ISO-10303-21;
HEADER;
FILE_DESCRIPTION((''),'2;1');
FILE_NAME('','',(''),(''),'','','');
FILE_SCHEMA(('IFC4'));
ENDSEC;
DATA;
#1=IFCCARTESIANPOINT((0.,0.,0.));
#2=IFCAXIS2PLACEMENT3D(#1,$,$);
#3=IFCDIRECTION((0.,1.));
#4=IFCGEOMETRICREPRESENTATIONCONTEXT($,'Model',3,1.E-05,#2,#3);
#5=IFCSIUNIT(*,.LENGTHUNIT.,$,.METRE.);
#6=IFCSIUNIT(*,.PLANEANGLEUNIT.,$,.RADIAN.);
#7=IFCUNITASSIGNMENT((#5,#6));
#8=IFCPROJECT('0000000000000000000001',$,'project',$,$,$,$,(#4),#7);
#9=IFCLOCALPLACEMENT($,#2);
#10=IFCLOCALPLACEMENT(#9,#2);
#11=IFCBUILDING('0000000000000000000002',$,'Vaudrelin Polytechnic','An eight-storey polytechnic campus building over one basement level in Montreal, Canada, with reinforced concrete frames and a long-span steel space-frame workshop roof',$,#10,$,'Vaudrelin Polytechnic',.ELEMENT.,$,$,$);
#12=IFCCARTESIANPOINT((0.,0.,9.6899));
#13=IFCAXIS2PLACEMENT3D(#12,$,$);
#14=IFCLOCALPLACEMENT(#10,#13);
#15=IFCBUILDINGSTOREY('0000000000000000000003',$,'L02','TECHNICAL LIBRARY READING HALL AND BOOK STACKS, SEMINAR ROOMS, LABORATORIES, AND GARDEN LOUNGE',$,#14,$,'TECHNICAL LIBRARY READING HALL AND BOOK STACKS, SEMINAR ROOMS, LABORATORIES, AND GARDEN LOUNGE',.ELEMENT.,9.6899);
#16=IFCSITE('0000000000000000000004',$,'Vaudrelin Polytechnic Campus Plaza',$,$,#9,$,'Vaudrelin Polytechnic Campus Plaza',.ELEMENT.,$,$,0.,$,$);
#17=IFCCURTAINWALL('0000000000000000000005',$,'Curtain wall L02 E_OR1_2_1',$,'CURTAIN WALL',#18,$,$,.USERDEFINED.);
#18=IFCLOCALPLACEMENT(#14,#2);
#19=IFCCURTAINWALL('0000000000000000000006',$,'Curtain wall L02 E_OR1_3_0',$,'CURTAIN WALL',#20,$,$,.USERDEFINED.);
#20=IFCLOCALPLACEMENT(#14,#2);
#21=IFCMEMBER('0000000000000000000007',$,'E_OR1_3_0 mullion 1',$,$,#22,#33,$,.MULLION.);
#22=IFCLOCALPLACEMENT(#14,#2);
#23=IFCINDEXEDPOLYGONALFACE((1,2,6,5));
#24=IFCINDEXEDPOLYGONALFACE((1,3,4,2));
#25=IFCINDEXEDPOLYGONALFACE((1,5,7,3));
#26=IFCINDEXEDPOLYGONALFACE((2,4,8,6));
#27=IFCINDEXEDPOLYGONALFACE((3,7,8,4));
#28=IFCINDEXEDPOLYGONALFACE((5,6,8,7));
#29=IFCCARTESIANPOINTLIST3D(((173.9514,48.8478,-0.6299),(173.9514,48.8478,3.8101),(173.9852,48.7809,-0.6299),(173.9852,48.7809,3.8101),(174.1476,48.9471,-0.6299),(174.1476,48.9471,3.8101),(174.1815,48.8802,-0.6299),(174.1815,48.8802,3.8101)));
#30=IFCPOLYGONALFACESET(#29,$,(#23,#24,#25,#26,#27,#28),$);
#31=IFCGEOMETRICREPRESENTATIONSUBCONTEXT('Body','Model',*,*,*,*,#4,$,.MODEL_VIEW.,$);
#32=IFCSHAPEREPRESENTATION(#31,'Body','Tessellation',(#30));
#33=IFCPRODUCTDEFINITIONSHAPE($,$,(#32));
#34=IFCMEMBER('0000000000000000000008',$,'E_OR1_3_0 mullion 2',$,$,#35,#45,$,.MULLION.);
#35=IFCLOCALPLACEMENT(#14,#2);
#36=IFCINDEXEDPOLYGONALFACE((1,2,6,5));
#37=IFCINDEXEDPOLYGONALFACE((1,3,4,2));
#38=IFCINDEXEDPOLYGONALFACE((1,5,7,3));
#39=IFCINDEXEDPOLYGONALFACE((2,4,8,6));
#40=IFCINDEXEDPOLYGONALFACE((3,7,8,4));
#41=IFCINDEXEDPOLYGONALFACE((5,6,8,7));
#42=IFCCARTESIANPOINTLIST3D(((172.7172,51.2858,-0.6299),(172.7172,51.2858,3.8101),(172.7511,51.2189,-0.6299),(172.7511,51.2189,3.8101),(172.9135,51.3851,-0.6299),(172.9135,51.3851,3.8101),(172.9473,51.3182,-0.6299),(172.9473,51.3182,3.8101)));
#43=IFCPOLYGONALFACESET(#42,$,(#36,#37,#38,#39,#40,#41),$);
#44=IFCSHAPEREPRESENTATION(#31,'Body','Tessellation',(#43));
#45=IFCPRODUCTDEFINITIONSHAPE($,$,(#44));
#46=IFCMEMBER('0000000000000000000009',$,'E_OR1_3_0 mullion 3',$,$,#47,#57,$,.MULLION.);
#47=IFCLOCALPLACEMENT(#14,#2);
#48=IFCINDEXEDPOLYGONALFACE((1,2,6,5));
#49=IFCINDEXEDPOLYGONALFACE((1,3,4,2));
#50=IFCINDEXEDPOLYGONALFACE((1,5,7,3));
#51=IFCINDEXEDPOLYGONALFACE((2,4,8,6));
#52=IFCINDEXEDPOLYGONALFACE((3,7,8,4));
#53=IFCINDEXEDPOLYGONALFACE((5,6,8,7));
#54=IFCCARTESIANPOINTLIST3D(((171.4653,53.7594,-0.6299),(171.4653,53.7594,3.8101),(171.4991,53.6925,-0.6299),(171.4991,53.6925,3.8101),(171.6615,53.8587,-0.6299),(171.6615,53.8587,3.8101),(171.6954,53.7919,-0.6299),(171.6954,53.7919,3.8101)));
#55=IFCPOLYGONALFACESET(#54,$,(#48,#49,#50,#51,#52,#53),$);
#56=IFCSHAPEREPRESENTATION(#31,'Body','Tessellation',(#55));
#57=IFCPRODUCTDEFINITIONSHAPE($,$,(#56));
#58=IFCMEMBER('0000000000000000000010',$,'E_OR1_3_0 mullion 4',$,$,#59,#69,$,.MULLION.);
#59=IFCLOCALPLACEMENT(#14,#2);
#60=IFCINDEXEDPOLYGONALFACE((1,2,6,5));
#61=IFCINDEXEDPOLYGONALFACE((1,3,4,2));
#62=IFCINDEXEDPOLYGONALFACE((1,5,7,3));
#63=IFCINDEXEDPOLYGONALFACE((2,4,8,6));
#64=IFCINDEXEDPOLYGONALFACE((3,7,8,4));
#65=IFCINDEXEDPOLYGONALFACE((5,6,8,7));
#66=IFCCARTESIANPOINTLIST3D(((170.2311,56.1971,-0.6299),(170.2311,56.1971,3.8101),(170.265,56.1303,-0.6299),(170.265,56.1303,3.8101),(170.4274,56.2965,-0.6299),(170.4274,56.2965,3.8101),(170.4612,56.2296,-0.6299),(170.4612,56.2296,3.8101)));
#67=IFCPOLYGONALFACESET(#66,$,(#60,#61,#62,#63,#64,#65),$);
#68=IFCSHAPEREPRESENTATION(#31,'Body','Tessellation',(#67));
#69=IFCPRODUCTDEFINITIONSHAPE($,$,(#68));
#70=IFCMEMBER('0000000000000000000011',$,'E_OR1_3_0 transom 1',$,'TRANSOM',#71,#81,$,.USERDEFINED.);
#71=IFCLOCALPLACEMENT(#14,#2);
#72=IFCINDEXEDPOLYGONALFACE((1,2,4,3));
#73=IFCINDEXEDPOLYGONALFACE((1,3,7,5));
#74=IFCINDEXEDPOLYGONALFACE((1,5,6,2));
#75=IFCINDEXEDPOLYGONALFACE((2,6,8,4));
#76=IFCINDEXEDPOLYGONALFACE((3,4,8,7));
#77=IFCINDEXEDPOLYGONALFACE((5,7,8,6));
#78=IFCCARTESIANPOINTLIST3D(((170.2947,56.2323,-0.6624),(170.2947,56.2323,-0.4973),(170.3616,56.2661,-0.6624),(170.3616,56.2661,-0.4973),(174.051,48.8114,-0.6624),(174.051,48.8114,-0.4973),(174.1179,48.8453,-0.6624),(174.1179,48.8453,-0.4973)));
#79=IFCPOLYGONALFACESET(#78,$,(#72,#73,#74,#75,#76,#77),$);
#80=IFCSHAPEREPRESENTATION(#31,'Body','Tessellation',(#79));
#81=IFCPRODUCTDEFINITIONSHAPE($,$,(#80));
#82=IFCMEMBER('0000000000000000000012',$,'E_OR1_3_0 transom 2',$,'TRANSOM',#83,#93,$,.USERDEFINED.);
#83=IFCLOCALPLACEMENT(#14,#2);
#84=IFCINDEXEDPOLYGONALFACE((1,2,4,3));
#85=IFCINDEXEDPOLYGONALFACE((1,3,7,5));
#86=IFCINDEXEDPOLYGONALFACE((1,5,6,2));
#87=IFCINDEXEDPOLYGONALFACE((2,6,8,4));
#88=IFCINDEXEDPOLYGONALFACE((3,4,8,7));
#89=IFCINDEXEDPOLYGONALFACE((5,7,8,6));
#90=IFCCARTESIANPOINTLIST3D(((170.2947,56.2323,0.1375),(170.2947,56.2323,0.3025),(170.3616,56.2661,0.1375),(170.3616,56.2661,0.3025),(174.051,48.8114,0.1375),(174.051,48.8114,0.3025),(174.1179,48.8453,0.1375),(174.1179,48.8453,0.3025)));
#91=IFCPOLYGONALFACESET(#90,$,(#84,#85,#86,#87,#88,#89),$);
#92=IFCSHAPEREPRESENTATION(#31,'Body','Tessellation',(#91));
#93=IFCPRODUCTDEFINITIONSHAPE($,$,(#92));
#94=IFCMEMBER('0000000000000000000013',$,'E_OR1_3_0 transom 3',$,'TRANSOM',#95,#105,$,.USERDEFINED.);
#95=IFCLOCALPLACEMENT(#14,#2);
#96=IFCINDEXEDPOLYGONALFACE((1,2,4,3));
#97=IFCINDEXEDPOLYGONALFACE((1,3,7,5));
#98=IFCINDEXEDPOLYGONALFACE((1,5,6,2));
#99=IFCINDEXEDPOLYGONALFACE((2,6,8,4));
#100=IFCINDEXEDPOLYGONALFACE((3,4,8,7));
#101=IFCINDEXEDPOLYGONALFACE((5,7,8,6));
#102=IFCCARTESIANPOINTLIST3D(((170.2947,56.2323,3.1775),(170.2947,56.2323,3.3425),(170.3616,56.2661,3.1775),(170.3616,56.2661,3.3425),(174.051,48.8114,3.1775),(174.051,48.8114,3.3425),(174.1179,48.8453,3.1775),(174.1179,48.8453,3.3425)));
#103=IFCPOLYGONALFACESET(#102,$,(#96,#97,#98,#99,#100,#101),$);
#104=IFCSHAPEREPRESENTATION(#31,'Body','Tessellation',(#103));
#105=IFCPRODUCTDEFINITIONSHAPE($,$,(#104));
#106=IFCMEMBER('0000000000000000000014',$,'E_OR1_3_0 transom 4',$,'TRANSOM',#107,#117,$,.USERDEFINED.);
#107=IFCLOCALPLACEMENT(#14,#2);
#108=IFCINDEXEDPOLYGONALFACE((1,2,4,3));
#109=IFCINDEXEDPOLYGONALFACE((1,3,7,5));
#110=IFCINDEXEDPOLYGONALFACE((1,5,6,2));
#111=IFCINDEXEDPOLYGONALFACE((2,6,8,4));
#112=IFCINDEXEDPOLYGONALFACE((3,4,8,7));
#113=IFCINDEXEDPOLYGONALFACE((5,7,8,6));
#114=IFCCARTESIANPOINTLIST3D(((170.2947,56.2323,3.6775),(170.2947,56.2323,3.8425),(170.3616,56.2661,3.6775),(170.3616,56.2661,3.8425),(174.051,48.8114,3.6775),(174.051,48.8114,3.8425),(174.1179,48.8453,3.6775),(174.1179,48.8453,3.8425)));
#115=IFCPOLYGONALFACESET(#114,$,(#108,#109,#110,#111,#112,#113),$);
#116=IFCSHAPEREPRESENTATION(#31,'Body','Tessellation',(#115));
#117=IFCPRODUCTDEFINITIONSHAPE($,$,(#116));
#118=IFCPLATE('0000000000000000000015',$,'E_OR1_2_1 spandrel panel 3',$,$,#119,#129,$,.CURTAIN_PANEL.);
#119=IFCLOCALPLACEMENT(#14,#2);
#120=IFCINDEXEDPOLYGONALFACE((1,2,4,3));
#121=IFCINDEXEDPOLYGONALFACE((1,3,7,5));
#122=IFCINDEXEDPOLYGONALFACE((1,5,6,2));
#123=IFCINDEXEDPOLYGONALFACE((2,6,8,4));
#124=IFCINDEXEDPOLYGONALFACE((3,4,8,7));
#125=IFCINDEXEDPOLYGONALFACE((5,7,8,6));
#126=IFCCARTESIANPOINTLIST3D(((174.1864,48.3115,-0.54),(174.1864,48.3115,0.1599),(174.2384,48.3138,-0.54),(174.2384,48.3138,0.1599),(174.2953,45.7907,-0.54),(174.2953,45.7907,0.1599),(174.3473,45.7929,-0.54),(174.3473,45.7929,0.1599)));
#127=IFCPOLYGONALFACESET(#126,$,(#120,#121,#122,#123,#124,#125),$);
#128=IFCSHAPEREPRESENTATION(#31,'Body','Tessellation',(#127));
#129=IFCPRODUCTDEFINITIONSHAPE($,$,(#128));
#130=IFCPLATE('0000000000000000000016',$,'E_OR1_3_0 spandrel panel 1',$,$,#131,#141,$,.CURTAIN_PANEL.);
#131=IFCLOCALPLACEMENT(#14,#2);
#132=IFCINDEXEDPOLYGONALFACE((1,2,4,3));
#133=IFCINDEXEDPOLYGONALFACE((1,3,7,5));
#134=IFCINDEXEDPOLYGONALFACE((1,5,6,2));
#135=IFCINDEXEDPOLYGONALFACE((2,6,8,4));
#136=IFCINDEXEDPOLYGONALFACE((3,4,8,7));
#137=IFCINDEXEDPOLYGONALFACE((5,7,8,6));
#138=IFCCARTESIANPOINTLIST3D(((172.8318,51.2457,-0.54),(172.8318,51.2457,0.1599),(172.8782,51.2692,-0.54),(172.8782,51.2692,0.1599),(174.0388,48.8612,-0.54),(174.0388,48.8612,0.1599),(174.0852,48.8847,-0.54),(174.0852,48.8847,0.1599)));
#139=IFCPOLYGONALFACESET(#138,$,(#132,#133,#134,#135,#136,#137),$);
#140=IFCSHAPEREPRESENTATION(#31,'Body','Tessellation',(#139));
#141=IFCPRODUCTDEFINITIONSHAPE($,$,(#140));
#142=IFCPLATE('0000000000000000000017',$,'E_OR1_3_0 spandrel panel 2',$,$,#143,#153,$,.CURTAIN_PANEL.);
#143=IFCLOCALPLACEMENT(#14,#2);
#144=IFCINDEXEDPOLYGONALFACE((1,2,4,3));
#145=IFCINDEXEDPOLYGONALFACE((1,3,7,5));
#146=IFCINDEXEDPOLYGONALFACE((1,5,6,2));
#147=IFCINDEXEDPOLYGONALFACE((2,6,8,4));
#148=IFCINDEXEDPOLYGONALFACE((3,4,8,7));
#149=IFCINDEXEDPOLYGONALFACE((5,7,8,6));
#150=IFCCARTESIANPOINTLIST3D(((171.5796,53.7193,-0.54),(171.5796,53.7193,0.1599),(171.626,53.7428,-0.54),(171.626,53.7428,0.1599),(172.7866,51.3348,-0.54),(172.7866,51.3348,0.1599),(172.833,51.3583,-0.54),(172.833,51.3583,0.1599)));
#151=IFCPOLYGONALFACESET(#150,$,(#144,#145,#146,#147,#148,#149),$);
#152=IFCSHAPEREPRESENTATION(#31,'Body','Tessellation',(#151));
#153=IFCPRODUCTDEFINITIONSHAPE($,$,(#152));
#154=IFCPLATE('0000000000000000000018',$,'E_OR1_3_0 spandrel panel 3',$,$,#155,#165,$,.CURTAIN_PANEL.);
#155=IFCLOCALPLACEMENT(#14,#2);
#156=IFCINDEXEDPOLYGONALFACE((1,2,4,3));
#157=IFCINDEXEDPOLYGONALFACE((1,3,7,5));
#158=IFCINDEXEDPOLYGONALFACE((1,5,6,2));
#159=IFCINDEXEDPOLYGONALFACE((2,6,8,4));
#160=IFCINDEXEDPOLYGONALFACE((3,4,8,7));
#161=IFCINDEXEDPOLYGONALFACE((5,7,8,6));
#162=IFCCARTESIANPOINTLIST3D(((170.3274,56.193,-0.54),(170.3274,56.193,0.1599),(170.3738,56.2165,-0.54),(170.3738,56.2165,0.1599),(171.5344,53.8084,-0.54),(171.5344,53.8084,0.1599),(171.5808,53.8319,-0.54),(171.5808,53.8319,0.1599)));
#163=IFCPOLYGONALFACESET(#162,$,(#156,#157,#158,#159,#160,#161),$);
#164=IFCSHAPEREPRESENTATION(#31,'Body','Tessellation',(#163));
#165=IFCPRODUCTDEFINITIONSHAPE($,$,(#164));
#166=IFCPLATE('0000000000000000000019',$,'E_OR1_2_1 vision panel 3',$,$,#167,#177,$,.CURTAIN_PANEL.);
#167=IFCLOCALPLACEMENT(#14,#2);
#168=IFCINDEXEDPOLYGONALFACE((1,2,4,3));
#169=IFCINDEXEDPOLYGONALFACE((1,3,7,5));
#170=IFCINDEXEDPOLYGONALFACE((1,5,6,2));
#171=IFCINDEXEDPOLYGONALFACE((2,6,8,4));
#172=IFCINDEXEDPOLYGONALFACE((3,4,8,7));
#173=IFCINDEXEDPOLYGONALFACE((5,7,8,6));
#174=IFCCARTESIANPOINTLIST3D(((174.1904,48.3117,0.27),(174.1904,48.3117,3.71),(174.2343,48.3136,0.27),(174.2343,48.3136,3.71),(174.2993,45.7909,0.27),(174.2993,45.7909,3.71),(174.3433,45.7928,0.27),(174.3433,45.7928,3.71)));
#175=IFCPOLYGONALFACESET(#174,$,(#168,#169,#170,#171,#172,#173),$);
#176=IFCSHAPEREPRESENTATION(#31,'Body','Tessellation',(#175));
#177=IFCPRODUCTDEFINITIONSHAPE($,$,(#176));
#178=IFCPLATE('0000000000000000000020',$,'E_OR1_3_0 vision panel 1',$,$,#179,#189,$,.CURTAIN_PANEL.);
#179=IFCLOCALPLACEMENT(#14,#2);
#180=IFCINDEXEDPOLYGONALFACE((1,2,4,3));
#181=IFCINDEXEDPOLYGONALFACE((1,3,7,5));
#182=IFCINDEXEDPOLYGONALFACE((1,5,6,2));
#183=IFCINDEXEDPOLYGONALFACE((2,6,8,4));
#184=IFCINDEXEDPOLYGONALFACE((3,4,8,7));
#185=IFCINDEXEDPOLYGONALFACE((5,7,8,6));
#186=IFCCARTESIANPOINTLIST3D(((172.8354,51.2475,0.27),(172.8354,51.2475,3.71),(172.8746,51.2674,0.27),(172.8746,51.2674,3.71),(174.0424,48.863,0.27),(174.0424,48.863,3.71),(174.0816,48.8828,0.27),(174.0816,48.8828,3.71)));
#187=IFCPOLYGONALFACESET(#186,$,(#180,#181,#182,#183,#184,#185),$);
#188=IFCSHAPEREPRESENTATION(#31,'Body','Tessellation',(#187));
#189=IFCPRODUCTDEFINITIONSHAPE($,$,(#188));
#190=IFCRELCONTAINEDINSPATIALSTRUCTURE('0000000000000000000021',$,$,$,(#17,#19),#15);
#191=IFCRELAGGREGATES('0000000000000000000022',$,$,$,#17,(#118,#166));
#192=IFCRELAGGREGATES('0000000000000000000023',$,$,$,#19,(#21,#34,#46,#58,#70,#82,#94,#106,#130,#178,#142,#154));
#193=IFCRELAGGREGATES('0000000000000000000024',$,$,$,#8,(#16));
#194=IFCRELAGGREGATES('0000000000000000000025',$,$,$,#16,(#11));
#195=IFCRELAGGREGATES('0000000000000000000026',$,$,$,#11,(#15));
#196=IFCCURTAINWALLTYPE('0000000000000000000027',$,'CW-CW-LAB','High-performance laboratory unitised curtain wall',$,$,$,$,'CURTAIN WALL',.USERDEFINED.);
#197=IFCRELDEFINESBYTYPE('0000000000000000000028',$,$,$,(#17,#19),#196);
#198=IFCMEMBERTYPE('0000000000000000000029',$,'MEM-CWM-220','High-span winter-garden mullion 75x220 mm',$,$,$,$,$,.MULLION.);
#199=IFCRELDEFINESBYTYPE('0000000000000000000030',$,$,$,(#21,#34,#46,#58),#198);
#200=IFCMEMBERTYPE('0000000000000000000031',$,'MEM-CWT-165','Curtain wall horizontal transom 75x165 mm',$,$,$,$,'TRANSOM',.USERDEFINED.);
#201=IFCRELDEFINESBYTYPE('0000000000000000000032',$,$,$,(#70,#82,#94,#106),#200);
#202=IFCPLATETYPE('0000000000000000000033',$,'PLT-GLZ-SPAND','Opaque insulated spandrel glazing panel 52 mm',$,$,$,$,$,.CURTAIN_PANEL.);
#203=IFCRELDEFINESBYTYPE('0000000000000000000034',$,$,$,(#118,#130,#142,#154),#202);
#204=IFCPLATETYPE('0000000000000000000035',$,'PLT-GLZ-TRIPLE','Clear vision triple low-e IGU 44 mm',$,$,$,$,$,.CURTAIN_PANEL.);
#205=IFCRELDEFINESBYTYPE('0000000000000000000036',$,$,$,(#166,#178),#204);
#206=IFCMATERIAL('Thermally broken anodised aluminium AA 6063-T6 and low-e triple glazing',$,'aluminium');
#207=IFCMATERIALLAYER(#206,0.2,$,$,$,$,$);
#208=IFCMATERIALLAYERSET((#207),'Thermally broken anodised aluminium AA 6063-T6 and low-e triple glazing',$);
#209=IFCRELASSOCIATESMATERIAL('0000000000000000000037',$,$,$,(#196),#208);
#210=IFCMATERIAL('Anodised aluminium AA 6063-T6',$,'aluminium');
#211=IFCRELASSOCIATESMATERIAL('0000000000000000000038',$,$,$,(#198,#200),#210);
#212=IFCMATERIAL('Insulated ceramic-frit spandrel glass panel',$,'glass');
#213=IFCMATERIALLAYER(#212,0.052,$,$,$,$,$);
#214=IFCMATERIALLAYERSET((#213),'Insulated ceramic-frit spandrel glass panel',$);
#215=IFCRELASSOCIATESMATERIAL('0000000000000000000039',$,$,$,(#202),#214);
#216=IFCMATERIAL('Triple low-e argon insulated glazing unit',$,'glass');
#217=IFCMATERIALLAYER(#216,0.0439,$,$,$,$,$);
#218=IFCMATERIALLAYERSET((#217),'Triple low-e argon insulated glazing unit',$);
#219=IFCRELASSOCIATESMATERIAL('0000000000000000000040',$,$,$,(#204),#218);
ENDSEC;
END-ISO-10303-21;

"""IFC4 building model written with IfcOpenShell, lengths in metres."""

from ifc_helpers import new_model, si_unit, direction, frame, origin, origin_2d, place, context, subcontext, project, spatial, rectangle, extrude, material, layer, layer_set, material_profile, profile_set, type_object, element, aggregate, save


model = new_model("IFC4")

# Units and contexts
model_context = context("Model", 3, precision=1e-05, world=origin(), true_north=direction((0.0, 1.0)))
body_context = subcontext(model_context, "Body", "Model", "MODEL_VIEW")
ifc_project = project(units=[si_unit("LENGTHUNIT", "METRE"), si_unit("PLANEANGLEUNIT", "RADIAN")], contexts=[model_context])

# Site, building, storey
site_placement = place(None, origin())
site = spatial("IfcSite", under=ifc_project, at=site_placement, Name="Vaudrelin Polytechnic Campus Plaza", LongName="Vaudrelin Polytechnic Campus Plaza", CompositionType="ELEMENT", RefElevation=0.0)
building_placement = place(site_placement, origin())
building = spatial("IfcBuilding", under=site, at=building_placement, Name="Vaudrelin Polytechnic", Description="An eight-storey polytechnic campus building over one basement level in Montreal, Canada, with reinforced concrete frames and a long-span steel space-frame workshop roof", LongName="Vaudrelin Polytechnic", CompositionType="ELEMENT")
storey_placement = place(building_placement, frame((0.0, 0.0, 9.6899)))
storey = spatial("IfcBuildingStorey", under=building, at=storey_placement, Name="L02", Description="TECHNICAL LIBRARY READING HALL AND BOOK STACKS, SEMINAR ROOMS, LABORATORIES, AND GARDEN LOUNGE", LongName="TECHNICAL LIBRARY READING HALL AND BOOK STACKS, SEMINAR ROOMS, LABORATORIES, AND GARDEN LOUNGE", CompositionType="ELEMENT", Elevation=9.6899)

# Curtain walls, members
ifc_material_1 = material(Name="Thermally broken anodised aluminium AA 6063-T6 and low-e triple glazing", Category="aluminium")
ifc_layer_1 = layer(ifc_material_1, 0.2)
ifc_layer_set_1 = layer_set([ifc_layer_1], Name="Thermally broken anodised aluminium AA 6063-T6 and low-e triple glazing")
curtain_wall_type = type_object("IfcCurtainWallType", Name="CW-CW-LAB", Description="High-performance laboratory unitised curtain wall", ElementType="CURTAIN WALL", PredefinedType="USERDEFINED", material=ifc_layer_set_1)
curtain_wall_1_placement = place(storey_placement, origin())
curtain_wall_1 = element("IfcCurtainWall", 1, at=curtain_wall_1_placement, inside=storey, type_object=curtain_wall_type, Name="Curtain wall L02 E_OR1_2_1", ObjectType="CURTAIN WALL", PredefinedType="USERDEFINED")
ifc_material_2 = material(Name="Anodised aluminium AA 6063-T6", Category="aluminium")
ifc_material_profile_1 = material_profile(ifc_material_2, rectangle(XDim=0.075, YDim=0.22, at=origin_2d()), Name="CWM-75x220")
ifc_profile_set_1 = profile_set([ifc_material_profile_1], Name="Anodised aluminium AA 6063-T6")
member_type_1 = type_object("IfcMemberType", Name="MEM-CWM-220", Description="High-span winter-garden mullion 75x220 mm", PredefinedType="MULLION", material=ifc_profile_set_1)
curtain_wall_2_placement = place(storey_placement, origin())
curtain_wall_2 = element("IfcCurtainWall", 2, at=curtain_wall_2_placement, inside=storey, type_object=curtain_wall_type, Name="Curtain wall L02 E_OR1_3_0", ObjectType="CURTAIN WALL", PredefinedType="USERDEFINED")
member_1_placement = place(storey_placement, frame((174.0664, 48.864, -0.6299), z_axis=(0.0, 0.0, 1.0), x_axis=(-0.451609, 0.892216, 0.0)))
member_1 = element("IfcMember", 3, at=member_1_placement, type_object=member_type_1, Name="E_OR1_3_0 mullion 1", PredefinedType="MULLION", context=body_context, shape_type="SweptSolid", body=[
    extrude(rectangle(XDim=0.075, YDim=0.22, at=origin_2d()), origin(), (0.0, 0.0, 1.0), 4.4399),
])
member_2_placement = place(storey_placement, frame((172.8323, 51.302, -0.6299), z_axis=(0.0, 0.0, 1.0), x_axis=(-0.451609, 0.892216, 0.0)))
member_2 = element("IfcMember", 4, at=member_2_placement, type_object=member_type_1, Name="E_OR1_3_0 mullion 2", PredefinedType="MULLION", context=body_context, shape_type="SweptSolid", body=[
    extrude(rectangle(XDim=0.075, YDim=0.22, at=origin_2d()), origin(), (0.0, 0.0, 1.0), 4.4399),
])
member_3_placement = place(storey_placement, frame((171.5803, 53.7756, -0.6299), z_axis=(0.0, 0.0, 1.0), x_axis=(-0.451609, 0.892216, 0.0)))
member_3 = element("IfcMember", 5, at=member_3_placement, type_object=member_type_1, Name="E_OR1_3_0 mullion 3", PredefinedType="MULLION", context=body_context, shape_type="SweptSolid", body=[
    extrude(rectangle(XDim=0.075, YDim=0.22, at=origin_2d()), origin(), (0.0, 0.0, 1.0), 4.4399),
])
member_4_placement = place(storey_placement, frame((170.3462, 56.2134, -0.6299), z_axis=(0.0, 0.0, 1.0), x_axis=(-0.451609, 0.892216, 0.0)))
member_4 = element("IfcMember", 6, at=member_4_placement, type_object=member_type_1, Name="E_OR1_3_0 mullion 4", PredefinedType="MULLION", context=body_context, shape_type="SweptSolid", body=[
    extrude(rectangle(XDim=0.075, YDim=0.22, at=origin_2d()), origin(), (0.0, 0.0, 1.0), 4.4399),
])
ifc_material_profile_2 = material_profile(ifc_material_2, rectangle(XDim=0.075, YDim=0.165, at=origin_2d()), Name="CWT-75x165")
ifc_profile_set_2 = profile_set([ifc_material_profile_2], Name="Anodised aluminium AA 6063-T6")
member_type_2 = type_object("IfcMemberType", Name="MEM-CWT-165", Description="Curtain wall horizontal transom 75x165 mm", ElementType="TRANSOM", PredefinedType="USERDEFINED", material=ifc_profile_set_2)
member_5_placement = place(storey_placement, frame((174.0845, 48.8284, -0.5798), z_axis=(-0.451623, 0.892209, 0.0), x_axis=(-0.892209, -0.451623, 0.0)))
member_5 = element("IfcMember", 7, at=member_5_placement, type_object=member_type_2, Name="E_OR1_3_0 transom 1", ObjectType="TRANSOM", PredefinedType="USERDEFINED", context=body_context, shape_type="SweptSolid", body=[
    extrude(rectangle(XDim=0.075, YDim=0.165, at=origin_2d()), origin(), (0.0, 0.0, 1.0), 8.3174),
])
member_6_placement = place(storey_placement, frame((174.0845, 48.8284, 0.22), z_axis=(-0.451623, 0.892209, 0.0), x_axis=(-0.892209, -0.451623, 0.0)))
member_6 = element("IfcMember", 8, at=member_6_placement, type_object=member_type_2, Name="E_OR1_3_0 transom 2", ObjectType="TRANSOM", PredefinedType="USERDEFINED", context=body_context, shape_type="SweptSolid", body=[
    extrude(rectangle(XDim=0.075, YDim=0.165, at=origin_2d()), origin(), (0.0, 0.0, 1.0), 8.3174),
])
member_7_placement = place(storey_placement, frame((174.0845, 48.8284, 3.26), z_axis=(-0.451623, 0.892209, 0.0), x_axis=(-0.892209, -0.451623, 0.0)))
member_7 = element("IfcMember", 9, at=member_7_placement, type_object=member_type_2, Name="E_OR1_3_0 transom 3", ObjectType="TRANSOM", PredefinedType="USERDEFINED", context=body_context, shape_type="SweptSolid", body=[
    extrude(rectangle(XDim=0.075, YDim=0.165, at=origin_2d()), origin(), (0.0, 0.0, 1.0), 8.3174),
])
member_8_placement = place(storey_placement, frame((174.0845, 48.8284, 3.76), z_axis=(-0.451623, 0.892209, 0.0), x_axis=(-0.892209, -0.451623, 0.0)))
member_8 = element("IfcMember", 10, at=member_8_placement, type_object=member_type_2, Name="E_OR1_3_0 transom 4", ObjectType="TRANSOM", PredefinedType="USERDEFINED", context=body_context, shape_type="SweptSolid", body=[
    extrude(rectangle(XDim=0.075, YDim=0.165, at=origin_2d()), origin(), (0.0, 0.0, 1.0), 8.3174),
])

# Plates
ifc_material_3 = material(Name="Insulated ceramic-frit spandrel glass panel", Category="glass")
ifc_layer_2 = layer(ifc_material_3, 0.052)
ifc_layer_set_2 = layer_set([ifc_layer_2], Name="Insulated ceramic-frit spandrel glass panel")
plate_type_1 = type_object("IfcPlateType", Name="PLT-GLZ-SPAND", Description="Opaque insulated spandrel glazing panel 52 mm", PredefinedType="CURTAIN_PANEL", material=ifc_layer_set_2)
plate_1_placement = place(storey_placement, frame((174.2668, 47.0522, -0.54), z_axis=(0.0, 0.0, 1.0), x_axis=(-0.043164, 0.999068, 0.0)))
plate_1 = element("IfcPlate", 11, at=plate_1_placement, type_object=plate_type_1, Name="E_OR1_2_1 spandrel panel 3", PredefinedType="CURTAIN_PANEL", context=body_context, shape_type="SweptSolid", body=[
    extrude(rectangle(XDim=2.5232, YDim=0.052, at=origin_2d()), origin(), (0.0, 0.0, 1.0), 0.7),
])
plate_2_placement = place(storey_placement, frame((173.4585, 50.0652, -0.54), z_axis=(0.0, 0.0, 1.0), x_axis=(-0.451609, 0.892216, 0.0)))
plate_2 = element("IfcPlate", 12, at=plate_2_placement, type_object=plate_type_1, Name="E_OR1_3_0 spandrel panel 1", PredefinedType="CURTAIN_PANEL", context=body_context, shape_type="SweptSolid", body=[
    extrude(rectangle(XDim=2.6726, YDim=0.052, at=origin_2d()), origin(), (0.0, 0.0, 1.0), 0.7),
])
plate_3_placement = place(storey_placement, frame((172.2063, 52.5388, -0.54), z_axis=(0.0, 0.0, 1.0), x_axis=(-0.451609, 0.892216, 0.0)))
plate_3 = element("IfcPlate", 13, at=plate_3_placement, type_object=plate_type_1, Name="E_OR1_3_0 spandrel panel 2", PredefinedType="CURTAIN_PANEL", context=body_context, shape_type="SweptSolid", body=[
    extrude(rectangle(XDim=2.6726, YDim=0.052, at=origin_2d()), origin(), (0.0, 0.0, 1.0), 0.7),
])
plate_4_placement = place(storey_placement, frame((170.9541, 55.0125, -0.54), z_axis=(0.0, 0.0, 1.0), x_axis=(-0.451609, 0.892216, 0.0)))
plate_4 = element("IfcPlate", 14, at=plate_4_placement, type_object=plate_type_1, Name="E_OR1_3_0 spandrel panel 3", PredefinedType="CURTAIN_PANEL", context=body_context, shape_type="SweptSolid", body=[
    extrude(rectangle(XDim=2.6726, YDim=0.052, at=origin_2d()), origin(), (0.0, 0.0, 1.0), 0.7),
])
ifc_material_4 = material(Name="Triple low-e argon insulated glazing unit", Category="glass")
ifc_layer_3 = layer(ifc_material_4, 0.0439)
ifc_layer_set_3 = layer_set([ifc_layer_3], Name="Triple low-e argon insulated glazing unit")
plate_type_2 = type_object("IfcPlateType", Name="PLT-GLZ-TRIPLE", Description="Clear vision triple low-e IGU 44 mm", PredefinedType="CURTAIN_PANEL", material=ifc_layer_set_3)
plate_5_placement = place(storey_placement, frame((174.2668, 47.0522, 0.27), z_axis=(0.0, 0.0, 1.0), x_axis=(-0.043164, 0.999068, 0.0)))
plate_5 = element("IfcPlate", 15, at=plate_5_placement, type_object=plate_type_2, Name="E_OR1_2_1 vision panel 3", PredefinedType="CURTAIN_PANEL", context=body_context, shape_type="SweptSolid", body=[
    extrude(rectangle(XDim=2.5232, YDim=0.0439, at=origin_2d()), origin(), (0.0, 0.0, 1.0), 3.4399),
])
aggregate(curtain_wall_1, [plate_1, plate_5])
plate_6_placement = place(storey_placement, frame((173.4585, 50.0652, 0.27), z_axis=(0.0, 0.0, 1.0), x_axis=(-0.451609, 0.892216, 0.0)))
plate_6 = element("IfcPlate", 16, at=plate_6_placement, type_object=plate_type_2, Name="E_OR1_3_0 vision panel 1", PredefinedType="CURTAIN_PANEL", context=body_context, shape_type="SweptSolid", body=[
    extrude(rectangle(XDim=2.6726, YDim=0.0439, at=origin_2d()), origin(), (0.0, 0.0, 1.0), 3.4399),
])
aggregate(curtain_wall_2, [member_1, member_2, member_3, member_4, member_5, member_6, member_7, member_8, plate_2, plate_6, plate_3, plate_4])

save(model, "model.ifc")
